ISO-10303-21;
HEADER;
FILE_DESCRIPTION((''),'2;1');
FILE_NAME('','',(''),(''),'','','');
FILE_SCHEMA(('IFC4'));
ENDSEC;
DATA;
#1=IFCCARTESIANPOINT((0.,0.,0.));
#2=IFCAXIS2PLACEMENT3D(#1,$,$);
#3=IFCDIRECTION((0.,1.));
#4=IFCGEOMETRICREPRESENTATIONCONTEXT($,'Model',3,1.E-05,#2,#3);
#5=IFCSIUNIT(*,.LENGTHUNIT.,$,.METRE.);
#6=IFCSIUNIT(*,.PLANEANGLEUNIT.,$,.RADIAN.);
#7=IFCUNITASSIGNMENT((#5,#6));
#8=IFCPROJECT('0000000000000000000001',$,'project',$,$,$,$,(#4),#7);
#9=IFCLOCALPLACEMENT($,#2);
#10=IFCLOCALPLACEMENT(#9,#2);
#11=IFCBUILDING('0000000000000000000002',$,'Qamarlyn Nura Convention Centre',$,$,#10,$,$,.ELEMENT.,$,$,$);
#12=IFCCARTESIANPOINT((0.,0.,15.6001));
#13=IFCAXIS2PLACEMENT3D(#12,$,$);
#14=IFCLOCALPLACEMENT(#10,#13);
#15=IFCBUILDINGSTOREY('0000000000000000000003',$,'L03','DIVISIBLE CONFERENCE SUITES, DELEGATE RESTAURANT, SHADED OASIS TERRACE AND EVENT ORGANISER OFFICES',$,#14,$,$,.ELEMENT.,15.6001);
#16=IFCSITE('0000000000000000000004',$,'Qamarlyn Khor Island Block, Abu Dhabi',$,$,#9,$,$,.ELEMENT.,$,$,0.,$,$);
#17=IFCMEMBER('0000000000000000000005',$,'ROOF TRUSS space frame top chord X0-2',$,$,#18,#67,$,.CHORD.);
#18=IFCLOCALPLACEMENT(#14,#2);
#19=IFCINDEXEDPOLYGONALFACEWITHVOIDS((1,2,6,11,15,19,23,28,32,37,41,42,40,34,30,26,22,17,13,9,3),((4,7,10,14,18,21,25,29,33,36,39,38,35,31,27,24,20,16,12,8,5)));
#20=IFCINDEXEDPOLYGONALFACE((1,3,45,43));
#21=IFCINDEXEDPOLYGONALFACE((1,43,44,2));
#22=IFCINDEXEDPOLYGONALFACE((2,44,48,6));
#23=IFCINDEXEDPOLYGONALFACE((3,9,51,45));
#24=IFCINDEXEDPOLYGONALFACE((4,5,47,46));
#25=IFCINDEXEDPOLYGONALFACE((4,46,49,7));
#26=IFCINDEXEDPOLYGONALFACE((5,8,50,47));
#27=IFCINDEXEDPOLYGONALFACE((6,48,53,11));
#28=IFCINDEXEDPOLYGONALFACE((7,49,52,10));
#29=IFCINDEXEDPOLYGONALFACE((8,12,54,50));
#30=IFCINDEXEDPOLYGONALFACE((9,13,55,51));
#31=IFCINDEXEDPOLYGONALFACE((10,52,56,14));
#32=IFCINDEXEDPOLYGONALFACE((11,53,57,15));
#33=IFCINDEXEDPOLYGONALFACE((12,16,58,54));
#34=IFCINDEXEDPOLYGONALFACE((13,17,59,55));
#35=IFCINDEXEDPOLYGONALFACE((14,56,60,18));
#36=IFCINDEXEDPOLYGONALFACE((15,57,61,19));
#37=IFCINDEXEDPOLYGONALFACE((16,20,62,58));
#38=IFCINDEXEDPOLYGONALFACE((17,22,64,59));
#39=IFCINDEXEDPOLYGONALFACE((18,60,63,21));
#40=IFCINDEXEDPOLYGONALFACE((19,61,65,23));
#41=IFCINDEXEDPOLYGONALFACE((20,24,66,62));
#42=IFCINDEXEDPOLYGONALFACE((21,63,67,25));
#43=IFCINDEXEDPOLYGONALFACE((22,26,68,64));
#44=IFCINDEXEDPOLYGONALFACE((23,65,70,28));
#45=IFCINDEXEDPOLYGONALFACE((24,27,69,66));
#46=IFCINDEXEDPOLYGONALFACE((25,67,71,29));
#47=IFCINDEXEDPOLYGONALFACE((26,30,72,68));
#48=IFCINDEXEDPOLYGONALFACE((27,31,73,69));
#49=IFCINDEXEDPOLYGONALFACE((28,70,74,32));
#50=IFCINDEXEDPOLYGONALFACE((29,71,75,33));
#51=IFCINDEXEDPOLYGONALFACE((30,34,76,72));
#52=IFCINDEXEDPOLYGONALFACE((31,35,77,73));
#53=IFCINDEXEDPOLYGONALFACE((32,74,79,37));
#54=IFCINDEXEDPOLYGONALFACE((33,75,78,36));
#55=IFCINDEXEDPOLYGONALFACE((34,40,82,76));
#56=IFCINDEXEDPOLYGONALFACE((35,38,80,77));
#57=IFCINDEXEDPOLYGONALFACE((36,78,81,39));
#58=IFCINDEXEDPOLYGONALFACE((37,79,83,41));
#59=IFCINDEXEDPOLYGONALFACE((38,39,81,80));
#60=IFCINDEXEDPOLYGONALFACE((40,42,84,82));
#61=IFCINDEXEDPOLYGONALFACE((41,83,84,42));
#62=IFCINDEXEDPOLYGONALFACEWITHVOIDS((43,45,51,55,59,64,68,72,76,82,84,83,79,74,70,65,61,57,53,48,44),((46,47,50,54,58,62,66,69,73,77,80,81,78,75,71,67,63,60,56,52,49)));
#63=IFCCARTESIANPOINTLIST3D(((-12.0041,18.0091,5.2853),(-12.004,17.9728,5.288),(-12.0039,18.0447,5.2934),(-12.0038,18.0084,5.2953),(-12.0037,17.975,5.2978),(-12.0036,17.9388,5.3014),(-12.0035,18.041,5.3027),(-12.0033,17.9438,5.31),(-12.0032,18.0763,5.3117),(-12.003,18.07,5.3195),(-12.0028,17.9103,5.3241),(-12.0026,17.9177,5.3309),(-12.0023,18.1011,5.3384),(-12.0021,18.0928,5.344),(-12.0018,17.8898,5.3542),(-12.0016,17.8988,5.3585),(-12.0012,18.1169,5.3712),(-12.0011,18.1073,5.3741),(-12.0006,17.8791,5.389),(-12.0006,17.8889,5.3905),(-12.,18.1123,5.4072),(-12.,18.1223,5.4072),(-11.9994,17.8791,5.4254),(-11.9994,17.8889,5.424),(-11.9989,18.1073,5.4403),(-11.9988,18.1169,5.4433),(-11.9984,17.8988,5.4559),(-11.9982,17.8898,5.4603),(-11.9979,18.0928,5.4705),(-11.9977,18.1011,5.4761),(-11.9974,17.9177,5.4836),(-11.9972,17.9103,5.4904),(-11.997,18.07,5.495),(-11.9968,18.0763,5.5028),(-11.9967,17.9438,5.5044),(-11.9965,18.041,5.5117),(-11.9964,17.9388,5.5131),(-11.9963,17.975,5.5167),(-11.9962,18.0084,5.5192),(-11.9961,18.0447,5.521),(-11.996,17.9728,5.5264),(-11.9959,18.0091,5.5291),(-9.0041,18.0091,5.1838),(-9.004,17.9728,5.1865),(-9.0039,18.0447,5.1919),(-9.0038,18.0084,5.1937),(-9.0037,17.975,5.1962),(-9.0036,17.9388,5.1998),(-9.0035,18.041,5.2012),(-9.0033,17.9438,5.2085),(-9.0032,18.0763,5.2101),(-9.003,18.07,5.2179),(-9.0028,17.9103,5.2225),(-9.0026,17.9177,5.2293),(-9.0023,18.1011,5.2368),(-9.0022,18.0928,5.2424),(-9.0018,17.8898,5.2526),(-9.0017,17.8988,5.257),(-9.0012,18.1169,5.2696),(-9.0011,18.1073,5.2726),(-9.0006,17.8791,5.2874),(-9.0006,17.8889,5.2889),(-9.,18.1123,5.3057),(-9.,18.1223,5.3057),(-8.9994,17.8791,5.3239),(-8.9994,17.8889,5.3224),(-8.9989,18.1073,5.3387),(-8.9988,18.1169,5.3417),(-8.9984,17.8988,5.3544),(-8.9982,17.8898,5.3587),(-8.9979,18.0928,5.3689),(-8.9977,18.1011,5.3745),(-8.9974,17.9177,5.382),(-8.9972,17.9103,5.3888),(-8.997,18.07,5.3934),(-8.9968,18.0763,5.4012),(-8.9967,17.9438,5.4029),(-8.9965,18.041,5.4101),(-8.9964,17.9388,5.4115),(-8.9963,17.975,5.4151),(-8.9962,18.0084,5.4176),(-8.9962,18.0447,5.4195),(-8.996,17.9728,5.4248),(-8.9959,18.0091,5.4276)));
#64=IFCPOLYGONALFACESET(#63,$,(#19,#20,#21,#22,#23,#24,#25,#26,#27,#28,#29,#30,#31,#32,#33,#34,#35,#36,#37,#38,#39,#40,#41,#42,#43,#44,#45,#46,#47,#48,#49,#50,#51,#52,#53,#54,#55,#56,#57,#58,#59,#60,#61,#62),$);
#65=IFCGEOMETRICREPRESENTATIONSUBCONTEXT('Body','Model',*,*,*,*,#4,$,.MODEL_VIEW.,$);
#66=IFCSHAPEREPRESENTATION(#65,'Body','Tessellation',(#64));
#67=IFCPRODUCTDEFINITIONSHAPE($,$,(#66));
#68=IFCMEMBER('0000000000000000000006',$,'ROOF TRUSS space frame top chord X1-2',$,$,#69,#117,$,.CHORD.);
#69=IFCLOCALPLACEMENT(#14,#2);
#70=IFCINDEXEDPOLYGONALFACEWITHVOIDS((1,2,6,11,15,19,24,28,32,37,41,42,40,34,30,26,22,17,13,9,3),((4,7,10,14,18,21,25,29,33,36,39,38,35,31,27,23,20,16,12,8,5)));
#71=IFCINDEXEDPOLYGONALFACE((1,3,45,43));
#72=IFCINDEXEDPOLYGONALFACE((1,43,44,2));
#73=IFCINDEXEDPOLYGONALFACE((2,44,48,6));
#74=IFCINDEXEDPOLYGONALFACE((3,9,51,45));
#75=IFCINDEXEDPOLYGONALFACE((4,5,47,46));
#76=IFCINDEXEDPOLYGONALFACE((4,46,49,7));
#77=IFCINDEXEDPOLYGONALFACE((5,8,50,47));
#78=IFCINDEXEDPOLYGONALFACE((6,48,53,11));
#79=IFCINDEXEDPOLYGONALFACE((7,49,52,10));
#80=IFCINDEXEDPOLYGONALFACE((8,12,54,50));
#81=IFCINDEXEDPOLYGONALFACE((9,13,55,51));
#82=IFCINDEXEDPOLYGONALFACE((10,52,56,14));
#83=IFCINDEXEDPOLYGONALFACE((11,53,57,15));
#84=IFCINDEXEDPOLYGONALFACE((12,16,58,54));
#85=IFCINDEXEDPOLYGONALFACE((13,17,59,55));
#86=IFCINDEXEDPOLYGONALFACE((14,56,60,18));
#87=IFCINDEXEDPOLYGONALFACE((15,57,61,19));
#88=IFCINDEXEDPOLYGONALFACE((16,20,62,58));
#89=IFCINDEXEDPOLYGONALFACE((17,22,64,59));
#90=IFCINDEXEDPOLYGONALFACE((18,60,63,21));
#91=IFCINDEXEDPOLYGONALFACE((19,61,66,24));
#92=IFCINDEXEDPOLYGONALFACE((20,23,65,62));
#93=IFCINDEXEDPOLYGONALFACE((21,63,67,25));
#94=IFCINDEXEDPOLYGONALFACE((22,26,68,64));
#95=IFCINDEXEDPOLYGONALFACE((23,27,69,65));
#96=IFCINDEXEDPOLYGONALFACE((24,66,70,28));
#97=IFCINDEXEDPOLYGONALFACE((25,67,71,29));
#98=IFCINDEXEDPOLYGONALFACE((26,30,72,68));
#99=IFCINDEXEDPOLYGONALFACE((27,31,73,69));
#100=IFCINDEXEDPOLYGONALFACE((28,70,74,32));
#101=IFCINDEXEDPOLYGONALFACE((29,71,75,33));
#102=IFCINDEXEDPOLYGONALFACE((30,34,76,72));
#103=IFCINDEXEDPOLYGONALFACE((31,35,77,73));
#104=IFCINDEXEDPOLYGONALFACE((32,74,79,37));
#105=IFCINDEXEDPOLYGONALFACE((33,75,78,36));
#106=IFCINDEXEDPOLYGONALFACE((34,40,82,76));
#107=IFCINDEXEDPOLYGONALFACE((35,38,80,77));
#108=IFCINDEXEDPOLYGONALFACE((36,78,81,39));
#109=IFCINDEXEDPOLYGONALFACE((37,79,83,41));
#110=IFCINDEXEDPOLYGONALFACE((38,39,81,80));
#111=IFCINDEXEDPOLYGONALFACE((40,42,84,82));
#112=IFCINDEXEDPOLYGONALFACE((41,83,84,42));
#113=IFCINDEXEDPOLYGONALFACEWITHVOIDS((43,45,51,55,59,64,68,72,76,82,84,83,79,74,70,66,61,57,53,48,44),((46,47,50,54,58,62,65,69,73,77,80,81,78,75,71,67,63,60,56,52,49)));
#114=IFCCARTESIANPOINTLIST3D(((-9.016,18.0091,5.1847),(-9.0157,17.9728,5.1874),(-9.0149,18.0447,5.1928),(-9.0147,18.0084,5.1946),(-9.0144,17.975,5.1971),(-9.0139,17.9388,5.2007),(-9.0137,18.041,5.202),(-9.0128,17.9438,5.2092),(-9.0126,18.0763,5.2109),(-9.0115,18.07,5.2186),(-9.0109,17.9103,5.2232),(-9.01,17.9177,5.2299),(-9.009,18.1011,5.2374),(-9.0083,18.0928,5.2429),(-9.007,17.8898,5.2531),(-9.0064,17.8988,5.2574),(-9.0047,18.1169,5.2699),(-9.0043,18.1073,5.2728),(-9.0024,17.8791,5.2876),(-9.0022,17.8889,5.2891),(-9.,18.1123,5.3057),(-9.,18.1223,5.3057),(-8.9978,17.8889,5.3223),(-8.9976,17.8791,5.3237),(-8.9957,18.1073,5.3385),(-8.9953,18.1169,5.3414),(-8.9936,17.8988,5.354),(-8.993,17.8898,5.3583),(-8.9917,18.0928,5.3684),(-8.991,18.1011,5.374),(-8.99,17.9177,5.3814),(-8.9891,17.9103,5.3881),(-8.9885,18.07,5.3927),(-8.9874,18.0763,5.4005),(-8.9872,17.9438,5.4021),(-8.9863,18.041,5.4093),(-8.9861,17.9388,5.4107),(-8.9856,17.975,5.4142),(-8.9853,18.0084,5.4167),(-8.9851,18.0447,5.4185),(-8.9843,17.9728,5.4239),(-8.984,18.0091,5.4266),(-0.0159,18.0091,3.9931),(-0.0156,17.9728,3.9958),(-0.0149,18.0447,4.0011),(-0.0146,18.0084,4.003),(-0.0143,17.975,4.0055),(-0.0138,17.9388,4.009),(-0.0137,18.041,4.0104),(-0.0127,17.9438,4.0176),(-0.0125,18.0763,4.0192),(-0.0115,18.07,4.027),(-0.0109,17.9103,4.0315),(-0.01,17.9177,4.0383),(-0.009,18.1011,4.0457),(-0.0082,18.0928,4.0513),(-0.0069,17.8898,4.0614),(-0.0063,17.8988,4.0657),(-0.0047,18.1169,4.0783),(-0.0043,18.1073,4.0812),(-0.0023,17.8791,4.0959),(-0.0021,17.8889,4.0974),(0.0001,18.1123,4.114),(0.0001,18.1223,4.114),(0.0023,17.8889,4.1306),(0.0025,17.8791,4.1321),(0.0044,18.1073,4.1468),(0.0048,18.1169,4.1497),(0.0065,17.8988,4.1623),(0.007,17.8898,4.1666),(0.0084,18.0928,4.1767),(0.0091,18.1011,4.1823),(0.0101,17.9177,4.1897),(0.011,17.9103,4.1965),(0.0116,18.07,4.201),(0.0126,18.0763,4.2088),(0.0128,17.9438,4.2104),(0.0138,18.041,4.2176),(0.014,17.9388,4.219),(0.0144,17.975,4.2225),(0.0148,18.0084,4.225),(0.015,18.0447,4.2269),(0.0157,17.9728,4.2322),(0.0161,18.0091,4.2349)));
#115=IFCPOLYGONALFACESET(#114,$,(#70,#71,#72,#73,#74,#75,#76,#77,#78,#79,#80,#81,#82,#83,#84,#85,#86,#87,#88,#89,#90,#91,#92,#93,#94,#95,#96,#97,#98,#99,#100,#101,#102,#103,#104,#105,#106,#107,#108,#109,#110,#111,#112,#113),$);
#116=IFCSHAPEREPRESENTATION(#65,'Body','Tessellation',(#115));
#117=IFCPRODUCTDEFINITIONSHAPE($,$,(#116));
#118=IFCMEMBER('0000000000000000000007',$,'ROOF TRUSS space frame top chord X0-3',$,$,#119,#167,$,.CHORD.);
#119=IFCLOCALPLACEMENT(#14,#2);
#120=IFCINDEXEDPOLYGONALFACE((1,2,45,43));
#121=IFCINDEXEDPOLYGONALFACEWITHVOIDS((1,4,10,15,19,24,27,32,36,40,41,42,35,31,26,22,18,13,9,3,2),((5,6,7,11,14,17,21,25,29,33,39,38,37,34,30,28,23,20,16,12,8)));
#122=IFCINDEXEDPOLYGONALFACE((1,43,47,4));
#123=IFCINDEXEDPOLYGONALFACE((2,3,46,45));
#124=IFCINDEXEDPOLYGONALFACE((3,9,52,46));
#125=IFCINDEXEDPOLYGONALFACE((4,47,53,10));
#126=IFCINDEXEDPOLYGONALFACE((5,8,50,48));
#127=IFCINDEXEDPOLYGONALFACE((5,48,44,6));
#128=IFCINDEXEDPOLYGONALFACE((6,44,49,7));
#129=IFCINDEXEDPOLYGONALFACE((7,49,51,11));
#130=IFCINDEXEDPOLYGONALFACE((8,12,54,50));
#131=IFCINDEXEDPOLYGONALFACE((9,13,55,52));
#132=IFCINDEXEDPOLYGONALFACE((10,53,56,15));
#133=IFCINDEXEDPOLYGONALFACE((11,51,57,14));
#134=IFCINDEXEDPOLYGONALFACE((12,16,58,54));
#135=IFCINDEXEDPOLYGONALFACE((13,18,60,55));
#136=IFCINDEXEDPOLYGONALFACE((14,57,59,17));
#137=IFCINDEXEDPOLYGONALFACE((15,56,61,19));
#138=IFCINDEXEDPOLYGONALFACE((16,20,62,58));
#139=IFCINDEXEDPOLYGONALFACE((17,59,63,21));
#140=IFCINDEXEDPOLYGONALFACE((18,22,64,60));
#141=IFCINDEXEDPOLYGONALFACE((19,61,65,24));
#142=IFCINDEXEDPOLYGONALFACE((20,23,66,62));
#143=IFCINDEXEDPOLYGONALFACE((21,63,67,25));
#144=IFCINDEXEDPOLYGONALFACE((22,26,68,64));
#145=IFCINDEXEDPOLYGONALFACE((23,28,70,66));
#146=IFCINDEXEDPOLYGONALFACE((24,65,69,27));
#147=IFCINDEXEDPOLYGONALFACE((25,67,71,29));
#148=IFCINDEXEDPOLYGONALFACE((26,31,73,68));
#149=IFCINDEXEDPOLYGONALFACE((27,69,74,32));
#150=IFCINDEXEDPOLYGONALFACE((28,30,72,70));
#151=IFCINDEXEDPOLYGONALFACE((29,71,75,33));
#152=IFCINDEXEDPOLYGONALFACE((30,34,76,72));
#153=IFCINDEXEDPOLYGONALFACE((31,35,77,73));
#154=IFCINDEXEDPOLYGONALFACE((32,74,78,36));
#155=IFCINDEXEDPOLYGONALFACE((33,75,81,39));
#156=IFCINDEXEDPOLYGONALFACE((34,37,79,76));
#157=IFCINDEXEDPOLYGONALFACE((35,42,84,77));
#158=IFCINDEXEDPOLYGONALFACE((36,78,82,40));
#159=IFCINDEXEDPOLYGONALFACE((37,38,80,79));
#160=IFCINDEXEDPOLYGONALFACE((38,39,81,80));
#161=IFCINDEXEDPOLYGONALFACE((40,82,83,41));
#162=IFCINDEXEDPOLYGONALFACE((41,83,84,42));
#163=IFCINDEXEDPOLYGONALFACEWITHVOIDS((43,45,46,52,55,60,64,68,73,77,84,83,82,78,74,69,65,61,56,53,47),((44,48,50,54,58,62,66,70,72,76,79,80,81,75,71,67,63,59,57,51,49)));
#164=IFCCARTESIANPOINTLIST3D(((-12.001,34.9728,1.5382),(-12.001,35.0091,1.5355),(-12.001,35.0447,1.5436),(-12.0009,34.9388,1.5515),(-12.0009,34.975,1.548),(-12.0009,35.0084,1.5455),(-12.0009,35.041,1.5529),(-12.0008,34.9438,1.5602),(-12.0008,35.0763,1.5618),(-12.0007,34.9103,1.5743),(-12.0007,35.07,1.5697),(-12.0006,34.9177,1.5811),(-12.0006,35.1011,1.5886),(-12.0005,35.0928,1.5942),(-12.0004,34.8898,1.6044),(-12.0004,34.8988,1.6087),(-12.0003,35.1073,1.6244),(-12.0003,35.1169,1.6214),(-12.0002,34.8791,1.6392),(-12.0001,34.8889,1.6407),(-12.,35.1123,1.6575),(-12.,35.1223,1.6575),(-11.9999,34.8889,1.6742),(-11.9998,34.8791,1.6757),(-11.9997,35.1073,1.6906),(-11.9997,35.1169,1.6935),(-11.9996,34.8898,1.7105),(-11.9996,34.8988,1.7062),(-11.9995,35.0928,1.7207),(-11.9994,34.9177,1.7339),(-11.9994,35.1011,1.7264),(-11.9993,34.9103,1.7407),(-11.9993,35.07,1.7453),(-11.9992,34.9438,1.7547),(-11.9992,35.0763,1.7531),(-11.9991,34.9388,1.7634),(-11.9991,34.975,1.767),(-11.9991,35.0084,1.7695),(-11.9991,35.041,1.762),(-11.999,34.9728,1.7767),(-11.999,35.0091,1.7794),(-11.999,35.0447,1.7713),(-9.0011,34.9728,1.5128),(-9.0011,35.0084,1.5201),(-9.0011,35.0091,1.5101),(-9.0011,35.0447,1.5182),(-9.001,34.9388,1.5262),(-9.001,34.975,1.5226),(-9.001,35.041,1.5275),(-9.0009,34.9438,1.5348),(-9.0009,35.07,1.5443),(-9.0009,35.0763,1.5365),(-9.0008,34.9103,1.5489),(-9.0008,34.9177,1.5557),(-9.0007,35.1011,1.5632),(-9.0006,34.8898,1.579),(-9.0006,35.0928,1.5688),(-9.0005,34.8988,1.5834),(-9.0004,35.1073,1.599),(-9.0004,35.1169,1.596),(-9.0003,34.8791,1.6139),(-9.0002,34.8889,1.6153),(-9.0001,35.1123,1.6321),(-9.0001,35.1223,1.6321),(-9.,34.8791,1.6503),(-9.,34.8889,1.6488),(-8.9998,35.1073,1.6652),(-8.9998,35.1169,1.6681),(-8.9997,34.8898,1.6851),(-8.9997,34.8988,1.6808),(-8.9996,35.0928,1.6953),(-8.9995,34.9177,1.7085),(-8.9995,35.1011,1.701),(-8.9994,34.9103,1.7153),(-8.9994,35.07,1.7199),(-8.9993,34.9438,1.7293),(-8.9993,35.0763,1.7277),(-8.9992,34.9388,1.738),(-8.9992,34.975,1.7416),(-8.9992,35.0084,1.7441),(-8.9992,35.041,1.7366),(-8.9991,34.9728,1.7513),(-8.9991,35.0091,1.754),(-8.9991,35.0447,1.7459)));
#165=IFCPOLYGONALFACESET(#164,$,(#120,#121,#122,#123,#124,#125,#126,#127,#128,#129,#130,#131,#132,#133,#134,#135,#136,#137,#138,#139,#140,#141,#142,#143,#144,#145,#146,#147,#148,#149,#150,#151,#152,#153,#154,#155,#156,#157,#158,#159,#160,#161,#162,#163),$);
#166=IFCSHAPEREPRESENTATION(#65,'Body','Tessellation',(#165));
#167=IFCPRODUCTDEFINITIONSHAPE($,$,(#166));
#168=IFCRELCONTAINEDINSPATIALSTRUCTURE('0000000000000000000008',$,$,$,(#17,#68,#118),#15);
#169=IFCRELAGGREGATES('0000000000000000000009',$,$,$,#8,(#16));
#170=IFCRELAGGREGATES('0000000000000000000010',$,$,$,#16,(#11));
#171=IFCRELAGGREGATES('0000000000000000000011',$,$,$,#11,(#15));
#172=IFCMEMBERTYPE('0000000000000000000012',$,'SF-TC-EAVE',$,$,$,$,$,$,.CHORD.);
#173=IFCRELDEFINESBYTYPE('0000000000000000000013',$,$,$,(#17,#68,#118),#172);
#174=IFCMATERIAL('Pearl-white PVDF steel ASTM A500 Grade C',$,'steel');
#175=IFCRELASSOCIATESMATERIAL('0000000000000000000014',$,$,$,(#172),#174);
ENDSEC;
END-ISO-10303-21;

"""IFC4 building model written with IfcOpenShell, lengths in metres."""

from ifc_helpers import new_model, si_unit, direction, frame, origin, origin_2d, place, context, subcontext, project, spatial, hollow_circle, extrude, material, material_profile, profile_set, type_object, element, save


model = new_model("IFC4")

# Units and contexts
model_context = context("Model", 3, precision=1e-05, world=origin(), true_north=direction((0.0, 1.0)))
body_context = subcontext(model_context, "Body", "Model", "MODEL_VIEW")
ifc_project = project(units=[si_unit("LENGTHUNIT", "METRE"), si_unit("PLANEANGLEUNIT", "RADIAN")], contexts=[model_context])

# Site, building, storey
site_placement = place(None, origin())
site = spatial("IfcSite", under=ifc_project, at=site_placement, Name="Qamarlyn Khor Island Block, Abu Dhabi", CompositionType="ELEMENT", RefElevation=0.0)
building_placement = place(site_placement, origin())
building = spatial("IfcBuilding", under=site, at=building_placement, Name="Qamarlyn Nura Convention Centre", CompositionType="ELEMENT")
storey_placement = place(building_placement, frame((0.0, 0.0, 15.6001)))
storey = spatial("IfcBuildingStorey", under=building, at=storey_placement, Name="L03", Description="DIVISIBLE CONFERENCE SUITES, DELEGATE RESTAURANT, SHADED OASIS TERRACE AND EVENT ORGANISER OFFICES", CompositionType="ELEMENT", Elevation=15.6001)

# Members
ifc_material_1 = material(Name="Pearl-white PVDF steel ASTM A500 Grade C", Category="steel")
ifc_material_profile_1 = material_profile(ifc_material_1, hollow_circle(Radius=0.1223, WallThickness=0.01, at=origin_2d()), Name="CHS244.5X10")
ifc_profile_set_1 = profile_set([ifc_material_profile_1], Name="Pearl-white PVDF steel ASTM A500 Grade C")
member_type_1 = type_object("IfcMemberType", Name="SF-TC-EAVE", PredefinedType="CHORD", material=ifc_profile_set_1)
member_1_placement = place(storey_placement, frame((-12.0, 18.0, 5.4072), z_axis=(0.999427, 0.0, -0.033835), x_axis=(0.0, 1.0, 0.0)))
element("IfcMember", 1, at=member_1_placement, inside=storey, type_object=member_type_1, Name="ROOF TRUSS space frame top chord X0-2", PredefinedType="CHORD", context=body_context, shape_type="SweptSolid", body=[
    extrude(hollow_circle(Radius=0.1223, WallThickness=0.01, at=origin_2d()), origin(), (0.0, 0.0, 1.0), 3.0017),
])
member_2_placement = place(storey_placement, frame((-9.0, 18.0, 5.3057), z_axis=(0.991348, 0.0, -0.13126), x_axis=(0.0, 1.0, 0.0)))
element("IfcMember", 2, at=member_2_placement, inside=storey, type_object=member_type_1, Name="ROOF TRUSS space frame top chord X1-2", PredefinedType="CHORD", context=body_context, shape_type="SweptSolid", body=[
    extrude(hollow_circle(Radius=0.1223, WallThickness=0.01, at=origin_2d()), origin(), (0.0, 0.0, 1.0), 9.0786),
])
member_3_placement = place(storey_placement, frame((-12.0, 35.0, 1.6575), z_axis=(0.999964, 0.0, -0.008463), x_axis=(0.0, 1.0, 0.0)))
element("IfcMember", 3, at=member_3_placement, inside=storey, type_object=member_type_1, Name="ROOF TRUSS space frame top chord X0-3", PredefinedType="CHORD", context=body_context, shape_type="SweptSolid", body=[
    extrude(hollow_circle(Radius=0.1223, WallThickness=0.01, at=origin_2d()), origin(), (0.0, 0.0, 1.0), 3.0),
])

save(model, "model.ifc")
